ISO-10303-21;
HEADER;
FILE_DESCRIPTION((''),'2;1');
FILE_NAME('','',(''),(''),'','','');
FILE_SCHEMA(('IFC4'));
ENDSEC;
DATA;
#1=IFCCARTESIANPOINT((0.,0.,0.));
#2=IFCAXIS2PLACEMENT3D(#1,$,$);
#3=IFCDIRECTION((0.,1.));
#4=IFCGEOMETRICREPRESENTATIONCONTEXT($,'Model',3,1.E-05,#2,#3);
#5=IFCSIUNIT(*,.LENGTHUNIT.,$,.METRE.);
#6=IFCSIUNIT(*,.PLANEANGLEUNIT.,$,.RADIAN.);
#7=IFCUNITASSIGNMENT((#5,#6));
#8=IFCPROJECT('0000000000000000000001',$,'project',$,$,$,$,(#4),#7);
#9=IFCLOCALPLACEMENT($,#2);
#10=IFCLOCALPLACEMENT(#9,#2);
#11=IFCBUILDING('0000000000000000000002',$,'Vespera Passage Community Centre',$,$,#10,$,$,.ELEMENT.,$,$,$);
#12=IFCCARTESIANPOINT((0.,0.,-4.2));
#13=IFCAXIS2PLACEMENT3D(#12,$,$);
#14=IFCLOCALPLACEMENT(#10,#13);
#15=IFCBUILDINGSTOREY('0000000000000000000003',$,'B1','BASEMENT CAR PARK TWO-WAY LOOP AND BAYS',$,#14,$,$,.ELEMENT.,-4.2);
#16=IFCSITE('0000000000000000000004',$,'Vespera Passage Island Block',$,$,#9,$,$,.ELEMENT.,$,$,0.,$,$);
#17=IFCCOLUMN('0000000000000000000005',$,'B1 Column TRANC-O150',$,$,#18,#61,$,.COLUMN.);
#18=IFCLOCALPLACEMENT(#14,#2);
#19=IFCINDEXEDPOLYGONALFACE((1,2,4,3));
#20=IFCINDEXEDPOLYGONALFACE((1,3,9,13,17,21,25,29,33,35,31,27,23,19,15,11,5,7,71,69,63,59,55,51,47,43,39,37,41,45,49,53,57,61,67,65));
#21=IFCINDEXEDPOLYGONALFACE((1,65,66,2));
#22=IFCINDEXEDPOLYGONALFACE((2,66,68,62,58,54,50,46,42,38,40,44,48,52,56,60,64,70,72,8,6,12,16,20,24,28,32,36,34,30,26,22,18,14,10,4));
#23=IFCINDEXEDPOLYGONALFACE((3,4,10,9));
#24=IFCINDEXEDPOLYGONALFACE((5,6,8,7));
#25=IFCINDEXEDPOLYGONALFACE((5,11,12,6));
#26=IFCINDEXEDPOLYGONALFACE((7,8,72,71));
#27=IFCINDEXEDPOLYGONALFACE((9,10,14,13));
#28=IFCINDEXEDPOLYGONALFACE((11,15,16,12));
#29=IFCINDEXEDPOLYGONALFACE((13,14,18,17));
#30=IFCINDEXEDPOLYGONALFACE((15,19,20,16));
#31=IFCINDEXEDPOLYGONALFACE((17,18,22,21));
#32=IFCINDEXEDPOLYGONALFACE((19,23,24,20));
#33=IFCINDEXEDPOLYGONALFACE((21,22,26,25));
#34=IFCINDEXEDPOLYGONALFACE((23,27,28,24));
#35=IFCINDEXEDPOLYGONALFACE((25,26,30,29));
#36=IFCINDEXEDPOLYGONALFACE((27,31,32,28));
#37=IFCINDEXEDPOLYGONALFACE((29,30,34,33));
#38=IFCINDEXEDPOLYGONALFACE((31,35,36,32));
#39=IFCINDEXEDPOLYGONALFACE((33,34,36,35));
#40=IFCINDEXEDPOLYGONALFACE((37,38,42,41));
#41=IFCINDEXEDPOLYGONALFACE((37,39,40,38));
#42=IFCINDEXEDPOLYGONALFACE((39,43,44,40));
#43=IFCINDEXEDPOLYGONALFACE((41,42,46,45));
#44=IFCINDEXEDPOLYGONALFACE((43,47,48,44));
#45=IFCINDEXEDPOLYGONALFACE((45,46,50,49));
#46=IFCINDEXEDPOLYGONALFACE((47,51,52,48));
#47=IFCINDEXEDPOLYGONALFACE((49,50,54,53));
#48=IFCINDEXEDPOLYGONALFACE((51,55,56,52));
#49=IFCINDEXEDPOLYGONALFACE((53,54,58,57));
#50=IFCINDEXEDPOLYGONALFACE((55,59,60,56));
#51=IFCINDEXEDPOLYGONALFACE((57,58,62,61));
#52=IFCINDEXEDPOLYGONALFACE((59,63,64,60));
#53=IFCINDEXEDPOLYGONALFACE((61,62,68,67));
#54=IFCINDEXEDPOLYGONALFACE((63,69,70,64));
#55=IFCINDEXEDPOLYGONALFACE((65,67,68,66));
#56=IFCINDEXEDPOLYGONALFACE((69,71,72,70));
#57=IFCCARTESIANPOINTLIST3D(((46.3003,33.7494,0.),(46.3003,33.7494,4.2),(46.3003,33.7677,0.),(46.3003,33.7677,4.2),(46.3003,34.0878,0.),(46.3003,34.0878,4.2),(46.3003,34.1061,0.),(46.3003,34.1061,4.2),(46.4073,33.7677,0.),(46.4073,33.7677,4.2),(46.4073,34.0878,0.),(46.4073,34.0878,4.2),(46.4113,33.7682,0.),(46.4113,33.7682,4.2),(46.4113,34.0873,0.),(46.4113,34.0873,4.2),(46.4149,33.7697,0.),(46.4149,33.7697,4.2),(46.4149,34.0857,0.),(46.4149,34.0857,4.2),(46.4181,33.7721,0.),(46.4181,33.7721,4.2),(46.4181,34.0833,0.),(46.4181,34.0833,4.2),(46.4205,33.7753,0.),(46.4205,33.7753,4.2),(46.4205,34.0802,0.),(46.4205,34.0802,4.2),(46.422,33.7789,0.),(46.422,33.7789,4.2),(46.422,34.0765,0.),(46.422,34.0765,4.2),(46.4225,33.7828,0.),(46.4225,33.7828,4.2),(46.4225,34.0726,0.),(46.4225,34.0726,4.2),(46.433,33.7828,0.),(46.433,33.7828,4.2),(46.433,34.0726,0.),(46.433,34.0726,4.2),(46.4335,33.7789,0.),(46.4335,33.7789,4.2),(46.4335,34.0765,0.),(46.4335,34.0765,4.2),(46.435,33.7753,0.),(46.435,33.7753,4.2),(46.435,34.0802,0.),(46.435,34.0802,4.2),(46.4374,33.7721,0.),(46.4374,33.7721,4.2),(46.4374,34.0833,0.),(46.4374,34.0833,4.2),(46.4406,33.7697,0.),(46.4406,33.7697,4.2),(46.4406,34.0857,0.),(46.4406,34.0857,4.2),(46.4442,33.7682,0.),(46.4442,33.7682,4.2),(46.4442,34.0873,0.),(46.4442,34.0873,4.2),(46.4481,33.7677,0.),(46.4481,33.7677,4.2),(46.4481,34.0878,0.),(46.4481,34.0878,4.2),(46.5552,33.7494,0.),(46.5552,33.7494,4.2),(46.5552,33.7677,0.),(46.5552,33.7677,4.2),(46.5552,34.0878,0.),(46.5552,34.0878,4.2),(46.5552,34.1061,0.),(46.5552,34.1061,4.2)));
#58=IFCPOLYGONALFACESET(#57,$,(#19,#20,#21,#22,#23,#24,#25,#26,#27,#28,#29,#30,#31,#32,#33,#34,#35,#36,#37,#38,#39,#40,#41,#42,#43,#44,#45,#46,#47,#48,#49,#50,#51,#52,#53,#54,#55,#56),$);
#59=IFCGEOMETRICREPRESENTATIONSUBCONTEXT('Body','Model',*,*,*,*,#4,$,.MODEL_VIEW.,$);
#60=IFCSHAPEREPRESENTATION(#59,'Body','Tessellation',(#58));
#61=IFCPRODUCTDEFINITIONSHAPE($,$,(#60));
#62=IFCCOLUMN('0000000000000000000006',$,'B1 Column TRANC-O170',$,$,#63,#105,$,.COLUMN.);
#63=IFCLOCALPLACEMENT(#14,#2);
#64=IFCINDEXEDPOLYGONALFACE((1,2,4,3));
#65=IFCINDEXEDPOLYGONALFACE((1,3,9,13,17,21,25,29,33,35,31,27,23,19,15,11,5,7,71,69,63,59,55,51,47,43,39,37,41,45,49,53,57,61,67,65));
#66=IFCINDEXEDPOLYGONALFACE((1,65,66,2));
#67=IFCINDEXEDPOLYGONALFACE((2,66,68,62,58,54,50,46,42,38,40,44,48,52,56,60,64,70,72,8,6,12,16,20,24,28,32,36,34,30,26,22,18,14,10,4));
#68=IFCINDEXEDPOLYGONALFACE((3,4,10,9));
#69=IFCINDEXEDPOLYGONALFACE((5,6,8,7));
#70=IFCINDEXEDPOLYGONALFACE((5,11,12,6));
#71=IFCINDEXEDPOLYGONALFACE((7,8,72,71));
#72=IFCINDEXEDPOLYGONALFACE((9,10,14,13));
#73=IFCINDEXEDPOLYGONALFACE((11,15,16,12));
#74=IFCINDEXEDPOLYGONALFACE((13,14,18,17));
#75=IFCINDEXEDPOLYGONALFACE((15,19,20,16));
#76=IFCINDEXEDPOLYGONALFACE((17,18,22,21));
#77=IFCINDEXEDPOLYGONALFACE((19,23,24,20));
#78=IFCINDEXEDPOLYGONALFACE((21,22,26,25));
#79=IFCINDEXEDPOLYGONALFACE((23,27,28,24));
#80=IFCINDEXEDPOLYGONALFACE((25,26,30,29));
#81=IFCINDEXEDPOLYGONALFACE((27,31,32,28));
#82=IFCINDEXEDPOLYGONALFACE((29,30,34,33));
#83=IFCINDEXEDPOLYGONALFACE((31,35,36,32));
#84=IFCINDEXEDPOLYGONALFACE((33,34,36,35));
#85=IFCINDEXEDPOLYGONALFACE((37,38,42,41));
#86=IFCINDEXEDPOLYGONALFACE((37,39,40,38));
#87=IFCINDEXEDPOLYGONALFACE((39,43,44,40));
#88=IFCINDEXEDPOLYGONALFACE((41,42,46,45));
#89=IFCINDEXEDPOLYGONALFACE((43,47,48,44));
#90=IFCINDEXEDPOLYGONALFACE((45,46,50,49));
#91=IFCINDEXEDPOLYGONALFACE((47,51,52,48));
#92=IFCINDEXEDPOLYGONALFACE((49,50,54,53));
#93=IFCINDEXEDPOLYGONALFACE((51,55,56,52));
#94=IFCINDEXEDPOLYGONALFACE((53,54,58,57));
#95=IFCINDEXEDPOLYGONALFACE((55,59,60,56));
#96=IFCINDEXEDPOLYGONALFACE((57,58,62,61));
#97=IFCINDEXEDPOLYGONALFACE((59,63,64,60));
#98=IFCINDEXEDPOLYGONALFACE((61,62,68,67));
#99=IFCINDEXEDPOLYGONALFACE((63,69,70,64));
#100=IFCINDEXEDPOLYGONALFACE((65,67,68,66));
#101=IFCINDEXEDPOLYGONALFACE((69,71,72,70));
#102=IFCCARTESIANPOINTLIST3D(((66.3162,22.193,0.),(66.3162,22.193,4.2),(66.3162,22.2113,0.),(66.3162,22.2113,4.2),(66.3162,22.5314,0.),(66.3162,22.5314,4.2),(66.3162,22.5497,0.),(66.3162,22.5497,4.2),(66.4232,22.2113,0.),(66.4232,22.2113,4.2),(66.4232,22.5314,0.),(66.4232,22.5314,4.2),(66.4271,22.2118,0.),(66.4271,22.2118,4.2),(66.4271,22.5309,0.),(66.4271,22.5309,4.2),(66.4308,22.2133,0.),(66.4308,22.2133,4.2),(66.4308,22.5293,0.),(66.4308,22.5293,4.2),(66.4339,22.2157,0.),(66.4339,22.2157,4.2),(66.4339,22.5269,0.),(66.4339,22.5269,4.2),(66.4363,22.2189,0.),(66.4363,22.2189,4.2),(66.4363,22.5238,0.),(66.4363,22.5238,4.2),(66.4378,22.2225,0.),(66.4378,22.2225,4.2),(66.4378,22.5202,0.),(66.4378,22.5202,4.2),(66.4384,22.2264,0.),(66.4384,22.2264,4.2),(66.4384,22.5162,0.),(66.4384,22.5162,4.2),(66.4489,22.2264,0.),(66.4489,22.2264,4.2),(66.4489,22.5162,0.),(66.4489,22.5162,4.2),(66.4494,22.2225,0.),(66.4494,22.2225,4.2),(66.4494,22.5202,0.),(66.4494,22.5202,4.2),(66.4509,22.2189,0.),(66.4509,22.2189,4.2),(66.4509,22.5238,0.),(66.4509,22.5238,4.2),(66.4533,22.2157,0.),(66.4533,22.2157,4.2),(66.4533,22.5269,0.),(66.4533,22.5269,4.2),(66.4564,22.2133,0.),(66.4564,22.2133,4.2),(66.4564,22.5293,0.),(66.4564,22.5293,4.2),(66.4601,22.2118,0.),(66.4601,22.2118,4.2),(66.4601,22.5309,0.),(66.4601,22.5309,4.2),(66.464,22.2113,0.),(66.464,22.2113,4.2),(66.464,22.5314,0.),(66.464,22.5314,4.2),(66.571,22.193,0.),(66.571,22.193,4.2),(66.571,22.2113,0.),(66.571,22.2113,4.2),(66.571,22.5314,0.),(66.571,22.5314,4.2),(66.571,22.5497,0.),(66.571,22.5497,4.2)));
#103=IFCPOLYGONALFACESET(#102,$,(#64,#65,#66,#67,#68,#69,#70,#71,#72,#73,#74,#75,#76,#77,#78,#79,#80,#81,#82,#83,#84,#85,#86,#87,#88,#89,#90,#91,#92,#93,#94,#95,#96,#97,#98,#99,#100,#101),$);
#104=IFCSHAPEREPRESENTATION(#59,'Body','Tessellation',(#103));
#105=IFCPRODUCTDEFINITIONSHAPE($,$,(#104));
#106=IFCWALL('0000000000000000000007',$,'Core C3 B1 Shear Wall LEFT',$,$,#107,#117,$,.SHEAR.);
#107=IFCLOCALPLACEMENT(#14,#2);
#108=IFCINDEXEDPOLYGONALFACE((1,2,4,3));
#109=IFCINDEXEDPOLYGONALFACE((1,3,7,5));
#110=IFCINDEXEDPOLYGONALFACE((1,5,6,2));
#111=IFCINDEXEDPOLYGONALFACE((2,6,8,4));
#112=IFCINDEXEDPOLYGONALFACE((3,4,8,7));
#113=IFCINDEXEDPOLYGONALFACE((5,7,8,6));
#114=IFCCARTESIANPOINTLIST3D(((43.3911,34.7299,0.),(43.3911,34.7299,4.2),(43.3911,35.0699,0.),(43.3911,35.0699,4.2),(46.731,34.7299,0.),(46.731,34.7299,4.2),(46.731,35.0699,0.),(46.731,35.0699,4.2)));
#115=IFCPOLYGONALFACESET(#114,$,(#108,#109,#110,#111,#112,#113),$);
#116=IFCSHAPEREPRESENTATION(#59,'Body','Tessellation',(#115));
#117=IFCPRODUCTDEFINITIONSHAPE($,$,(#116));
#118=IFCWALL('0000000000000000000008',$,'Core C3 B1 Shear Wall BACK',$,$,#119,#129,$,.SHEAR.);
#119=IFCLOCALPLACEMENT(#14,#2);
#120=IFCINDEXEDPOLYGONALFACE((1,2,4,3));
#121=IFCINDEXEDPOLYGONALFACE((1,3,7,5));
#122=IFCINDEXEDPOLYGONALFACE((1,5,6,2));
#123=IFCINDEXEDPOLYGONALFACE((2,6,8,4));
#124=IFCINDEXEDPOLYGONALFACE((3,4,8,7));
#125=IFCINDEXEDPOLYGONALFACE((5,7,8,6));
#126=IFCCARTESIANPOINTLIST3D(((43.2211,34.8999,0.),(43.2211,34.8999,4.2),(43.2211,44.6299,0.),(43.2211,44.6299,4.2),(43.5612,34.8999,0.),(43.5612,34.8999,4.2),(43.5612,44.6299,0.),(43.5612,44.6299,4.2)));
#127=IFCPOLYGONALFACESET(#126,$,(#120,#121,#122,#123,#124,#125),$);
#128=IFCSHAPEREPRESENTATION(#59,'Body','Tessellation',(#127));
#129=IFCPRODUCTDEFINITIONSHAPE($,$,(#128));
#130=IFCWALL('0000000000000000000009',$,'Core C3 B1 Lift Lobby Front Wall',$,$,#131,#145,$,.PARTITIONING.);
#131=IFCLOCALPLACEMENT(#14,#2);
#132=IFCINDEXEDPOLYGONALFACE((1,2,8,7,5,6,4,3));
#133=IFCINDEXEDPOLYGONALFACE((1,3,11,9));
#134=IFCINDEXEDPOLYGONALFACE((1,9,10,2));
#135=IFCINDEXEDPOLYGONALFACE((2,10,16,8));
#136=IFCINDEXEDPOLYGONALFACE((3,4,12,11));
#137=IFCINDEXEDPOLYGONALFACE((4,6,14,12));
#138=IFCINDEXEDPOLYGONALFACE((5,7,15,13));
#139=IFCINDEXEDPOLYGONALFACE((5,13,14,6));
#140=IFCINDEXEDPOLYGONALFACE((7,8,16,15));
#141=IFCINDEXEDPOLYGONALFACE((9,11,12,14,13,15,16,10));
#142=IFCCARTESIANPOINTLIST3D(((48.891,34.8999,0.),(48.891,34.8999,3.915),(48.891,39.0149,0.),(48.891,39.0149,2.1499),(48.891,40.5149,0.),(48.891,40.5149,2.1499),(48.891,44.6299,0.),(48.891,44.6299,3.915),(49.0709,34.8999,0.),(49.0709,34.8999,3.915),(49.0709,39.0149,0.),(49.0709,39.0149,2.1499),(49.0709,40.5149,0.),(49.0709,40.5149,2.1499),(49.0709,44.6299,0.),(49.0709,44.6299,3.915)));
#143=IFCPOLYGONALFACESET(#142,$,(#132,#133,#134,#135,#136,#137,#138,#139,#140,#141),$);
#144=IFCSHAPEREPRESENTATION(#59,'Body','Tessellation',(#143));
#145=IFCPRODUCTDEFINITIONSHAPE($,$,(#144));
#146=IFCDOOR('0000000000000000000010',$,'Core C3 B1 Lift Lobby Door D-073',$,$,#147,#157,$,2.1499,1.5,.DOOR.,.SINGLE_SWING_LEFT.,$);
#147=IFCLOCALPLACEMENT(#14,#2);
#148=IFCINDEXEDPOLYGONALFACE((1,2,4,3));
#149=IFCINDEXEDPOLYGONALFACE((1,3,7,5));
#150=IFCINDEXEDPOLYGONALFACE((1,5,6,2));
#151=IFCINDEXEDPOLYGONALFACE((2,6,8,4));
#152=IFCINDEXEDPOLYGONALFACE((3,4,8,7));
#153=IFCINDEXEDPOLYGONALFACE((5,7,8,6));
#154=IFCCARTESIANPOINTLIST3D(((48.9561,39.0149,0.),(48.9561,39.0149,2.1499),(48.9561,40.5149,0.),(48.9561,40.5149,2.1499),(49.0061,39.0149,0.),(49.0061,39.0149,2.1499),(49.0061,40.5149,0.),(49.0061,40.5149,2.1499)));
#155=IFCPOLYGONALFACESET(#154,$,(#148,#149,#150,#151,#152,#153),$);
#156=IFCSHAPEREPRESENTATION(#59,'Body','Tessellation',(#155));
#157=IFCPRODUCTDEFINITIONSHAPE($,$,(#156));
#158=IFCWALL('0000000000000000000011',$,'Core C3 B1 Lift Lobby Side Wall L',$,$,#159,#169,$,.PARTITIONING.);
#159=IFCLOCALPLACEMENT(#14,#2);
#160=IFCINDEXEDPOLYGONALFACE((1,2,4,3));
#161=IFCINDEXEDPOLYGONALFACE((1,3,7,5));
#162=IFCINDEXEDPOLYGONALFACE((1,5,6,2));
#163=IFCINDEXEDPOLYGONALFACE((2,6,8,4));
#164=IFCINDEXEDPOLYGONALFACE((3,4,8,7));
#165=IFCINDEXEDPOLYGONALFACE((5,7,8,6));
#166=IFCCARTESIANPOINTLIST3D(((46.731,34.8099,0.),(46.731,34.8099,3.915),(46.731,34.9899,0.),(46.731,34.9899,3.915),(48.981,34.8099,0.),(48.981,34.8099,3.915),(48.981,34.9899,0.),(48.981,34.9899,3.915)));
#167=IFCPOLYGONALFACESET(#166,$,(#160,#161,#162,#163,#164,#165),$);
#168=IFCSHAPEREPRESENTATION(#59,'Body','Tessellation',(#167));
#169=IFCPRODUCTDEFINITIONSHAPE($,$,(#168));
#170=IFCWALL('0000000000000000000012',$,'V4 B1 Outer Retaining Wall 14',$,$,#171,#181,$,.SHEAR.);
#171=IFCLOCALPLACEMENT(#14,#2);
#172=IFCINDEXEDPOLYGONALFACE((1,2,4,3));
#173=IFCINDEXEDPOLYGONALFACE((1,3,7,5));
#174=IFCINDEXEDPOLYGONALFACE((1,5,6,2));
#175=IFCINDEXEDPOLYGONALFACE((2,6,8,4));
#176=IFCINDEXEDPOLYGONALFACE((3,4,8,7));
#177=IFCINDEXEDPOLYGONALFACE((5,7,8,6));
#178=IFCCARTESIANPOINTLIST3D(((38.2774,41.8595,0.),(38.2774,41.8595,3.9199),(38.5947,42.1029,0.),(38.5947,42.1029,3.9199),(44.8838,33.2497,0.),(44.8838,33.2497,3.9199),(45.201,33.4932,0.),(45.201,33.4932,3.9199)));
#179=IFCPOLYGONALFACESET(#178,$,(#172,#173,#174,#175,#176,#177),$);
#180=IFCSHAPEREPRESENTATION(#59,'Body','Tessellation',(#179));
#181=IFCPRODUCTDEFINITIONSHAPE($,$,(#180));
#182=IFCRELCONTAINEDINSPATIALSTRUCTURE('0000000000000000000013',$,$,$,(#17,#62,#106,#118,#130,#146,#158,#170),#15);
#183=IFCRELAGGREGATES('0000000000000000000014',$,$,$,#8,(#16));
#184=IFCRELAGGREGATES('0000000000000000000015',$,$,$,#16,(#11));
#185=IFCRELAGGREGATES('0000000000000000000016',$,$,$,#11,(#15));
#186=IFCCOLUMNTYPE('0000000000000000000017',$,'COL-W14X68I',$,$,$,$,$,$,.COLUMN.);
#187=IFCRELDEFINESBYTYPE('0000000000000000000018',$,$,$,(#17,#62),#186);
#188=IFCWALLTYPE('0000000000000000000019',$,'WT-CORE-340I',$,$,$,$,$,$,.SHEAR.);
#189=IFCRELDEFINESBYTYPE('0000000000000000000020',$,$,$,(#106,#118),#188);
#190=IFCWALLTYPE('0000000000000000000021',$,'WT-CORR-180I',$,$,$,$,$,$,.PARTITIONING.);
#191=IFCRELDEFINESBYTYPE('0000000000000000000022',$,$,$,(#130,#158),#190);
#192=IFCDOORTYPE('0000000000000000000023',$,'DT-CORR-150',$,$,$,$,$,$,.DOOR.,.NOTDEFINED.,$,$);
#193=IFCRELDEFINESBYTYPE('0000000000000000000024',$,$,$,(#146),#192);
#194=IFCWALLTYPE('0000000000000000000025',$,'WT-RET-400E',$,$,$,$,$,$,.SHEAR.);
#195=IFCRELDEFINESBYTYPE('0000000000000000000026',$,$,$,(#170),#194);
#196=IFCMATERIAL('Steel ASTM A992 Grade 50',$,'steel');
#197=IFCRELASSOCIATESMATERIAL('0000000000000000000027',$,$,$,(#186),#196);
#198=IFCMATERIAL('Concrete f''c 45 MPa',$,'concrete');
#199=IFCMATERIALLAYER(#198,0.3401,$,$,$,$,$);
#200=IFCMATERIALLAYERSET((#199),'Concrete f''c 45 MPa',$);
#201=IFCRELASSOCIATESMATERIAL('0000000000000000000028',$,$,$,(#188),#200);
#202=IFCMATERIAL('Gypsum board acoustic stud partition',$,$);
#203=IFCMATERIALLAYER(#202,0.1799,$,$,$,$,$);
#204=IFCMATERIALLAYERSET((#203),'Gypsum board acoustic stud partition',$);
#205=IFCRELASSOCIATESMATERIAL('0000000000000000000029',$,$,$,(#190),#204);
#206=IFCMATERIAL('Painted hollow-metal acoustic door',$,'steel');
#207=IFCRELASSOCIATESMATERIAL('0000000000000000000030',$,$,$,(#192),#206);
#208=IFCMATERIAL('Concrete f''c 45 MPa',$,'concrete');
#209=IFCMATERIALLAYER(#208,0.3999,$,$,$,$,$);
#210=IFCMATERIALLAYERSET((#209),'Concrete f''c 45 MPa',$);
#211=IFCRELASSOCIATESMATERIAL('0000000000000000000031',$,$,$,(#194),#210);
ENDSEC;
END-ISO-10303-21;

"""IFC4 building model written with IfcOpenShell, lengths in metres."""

from ifc_helpers import new_model, si_unit, direction, frame, frame_2d, origin, origin_2d, place, context, subcontext, project, spatial, rectangle, i_section, extrude, material, layer, layer_set, material_profile, profile_set, type_object, element, fill, save


model = new_model("IFC4")

# Units and contexts
model_context = context("Model", 3, precision=1e-05, world=origin(), true_north=direction((0.0, 1.0)))
body_context = subcontext(model_context, "Body", "Model", "MODEL_VIEW")
ifc_project = project(units=[si_unit("LENGTHUNIT", "METRE"), si_unit("PLANEANGLEUNIT", "RADIAN")], contexts=[model_context])

# Site, building, storey
site_placement = place(None, origin())
site = spatial("IfcSite", under=ifc_project, at=site_placement, Name="Vespera Passage Island Block", CompositionType="ELEMENT", RefElevation=0.0)
building_placement = place(site_placement, origin())
building = spatial("IfcBuilding", under=site, at=building_placement, Name="Vespera Passage Community Centre", CompositionType="ELEMENT")
storey_placement = place(building_placement, frame((0.0, 0.0, -4.2)))
storey = spatial("IfcBuildingStorey", under=building, at=storey_placement, Name="B1", Description="BASEMENT CAR PARK TWO-WAY LOOP AND BAYS", CompositionType="ELEMENT", Elevation=-4.2)

# Columns
ifc_material_1 = material(Name="Steel ASTM A992 Grade 50", Category="steel")
ifc_material_profile_1 = material_profile(ifc_material_1, i_section(OverallWidth=0.2549, OverallDepth=0.3567, WebThickness=0.0105, FlangeThickness=0.0183, FilletRadius=0.0151, at=origin_2d()), Name="W14X68")
ifc_profile_set_1 = profile_set([ifc_material_profile_1], Name="Steel ASTM A992 Grade 50")
column_type_1 = type_object("IfcColumnType", Name="COL-W14X68I", PredefinedType="COLUMN", material=ifc_profile_set_1)
for number, where, z_axis, x_axis, name in (
    (1, (46.4277, 33.9277, 0.0), (0.0, 0.0, 1.0), (1.0, 0.0, 0.0), "B1 Column TRANC-O150"),
    (2, (66.4436, 22.3713, 0.0), (0.0, 0.0, 1.0), (1.0, 0.0, 0.0), "B1 Column TRANC-O170"),
):
    element("IfcColumn", number, at=place(storey_placement, frame(where, z_axis=z_axis, x_axis=x_axis)), inside=storey, type_object=column_type_1, Name=name, PredefinedType="COLUMN", context=body_context, shape_type="SweptSolid", body=[
        extrude(i_section(OverallWidth=0.2549, OverallDepth=0.3567, WebThickness=0.0105, FlangeThickness=0.0183, FilletRadius=0.0151, at=origin_2d()), origin(), (0.0, 0.0, 1.0), 4.2),
    ])

# Walls
ifc_material_2 = material(Name="Concrete f'c 45 MPa", Category="concrete")
ifc_layer_1 = layer(ifc_material_2, 0.3401)
ifc_layer_set_1 = layer_set([ifc_layer_1], Name="Concrete f'c 45 MPa")
wall_type_1 = type_object("IfcWallType", Name="WT-CORE-340I", PredefinedType="SHEAR", material=ifc_layer_set_1)
wall_1_placement = place(storey_placement, frame((46.731, 34.8999, 0.0), z_axis=(0.0, 0.0, 1.0), x_axis=(-1.0, 0.0, 0.0)))
element("IfcWall", 3, at=wall_1_placement, inside=storey, type_object=wall_type_1, Name="Core C3 B1 Shear Wall LEFT", PredefinedType="SHEAR", context=body_context, shape_type="SweptSolid", body=[
    extrude(rectangle(XDim=3.3398, YDim=0.3401, at=frame_2d((1.6699, 0.0))), origin(), (0.0, 0.0, 1.0), 4.2),
])
wall_2_placement = place(storey_placement, frame((43.3911, 34.8999, 0.0), z_axis=(0.0, 0.0, 1.0), x_axis=(0.0, 1.0, 0.0)))
element("IfcWall", 4, at=wall_2_placement, inside=storey, type_object=wall_type_1, Name="Core C3 B1 Shear Wall BACK", PredefinedType="SHEAR", context=body_context, shape_type="SweptSolid", body=[
    extrude(rectangle(XDim=9.73, YDim=0.3401, at=frame_2d((4.865, 0.0))), origin(), (0.0, 0.0, 1.0), 4.2),
])

# Wall, opening, door
ifc_material_3 = material(Name="Gypsum board acoustic stud partition")
ifc_layer_2 = layer(ifc_material_3, 0.1799)
ifc_layer_set_2 = layer_set([ifc_layer_2], Name="Gypsum board acoustic stud partition")
wall_type_2 = type_object("IfcWallType", Name="WT-CORR-180I", PredefinedType="PARTITIONING", material=ifc_layer_set_2)
wall_3_placement = place(storey_placement, frame((48.981, 34.8999, 0.0), z_axis=(0.0, 0.0, 1.0), x_axis=(0.0, 1.0, 0.0)))
wall_3 = element("IfcWall", 5, at=wall_3_placement, inside=storey, type_object=wall_type_2, Name="Core C3 B1 Lift Lobby Front Wall", PredefinedType="PARTITIONING", context=body_context, shape_type="SweptSolid", body=[
    extrude(rectangle(XDim=9.73, YDim=0.1799, at=frame_2d((4.865, 0.0))), origin(), (0.0, 0.0, 1.0), 3.915),
])
opening_placement = place(wall_3_placement, frame((4.115, 0.0, 0.0)))
opening = element("IfcOpeningElement", 6, at=opening_placement, cuts=wall_3, PredefinedType="OPENING", context=body_context, shape_type="SweptSolid", body=[
    extrude(rectangle(XDim=1.5, YDim=2.1499, at=frame_2d((0.75, 1.075))), frame((0.0, 0.0999, 0.0), z_axis=(0.0, -1.0, 0.0), x_axis=(1.0, 0.0, 0.0)), (0.0, 0.0, 1.0), 0.2),
])
ifc_material_4 = material(Name="Painted hollow-metal acoustic door", Category="steel")
door_type = type_object("IfcDoorType", Name="DT-CORR-150", OperationType="NOTDEFINED", PredefinedType="DOOR", material=ifc_material_4)
door_placement = place(opening_placement, origin())
door = element("IfcDoor", 7, at=door_placement, inside=storey, type_object=door_type, Name="Core C3 B1 Lift Lobby Door D-073", OperationType="SINGLE_SWING_LEFT", OverallHeight=2.1499, OverallWidth=1.5, PredefinedType="DOOR", context=body_context, shape_type="SweptSolid", body=[
    extrude(rectangle(XDim=1.5, YDim=2.1499, at=frame_2d((0.75, 1.075))), frame((0.0, 0.0249, 0.0), z_axis=(0.0, -1.0, 0.0), x_axis=(1.0, 0.0, 0.0)), (0.0, 0.0, 1.0), 0.05),
])
fill(opening, door)

# Walls
wall_4_placement = place(storey_placement, frame((46.731, 34.8999, 0.0), z_axis=(0.0, 0.0, 1.0), x_axis=(1.0, 0.0, 0.0)))
element("IfcWall", 8, at=wall_4_placement, inside=storey, type_object=wall_type_2, Name="Core C3 B1 Lift Lobby Side Wall L", PredefinedType="PARTITIONING", context=body_context, shape_type="SweptSolid", body=[
    extrude(rectangle(XDim=2.25, YDim=0.1799, at=frame_2d((1.125, 0.0))), origin(), (0.0, 0.0, 1.0), 3.915),
])
ifc_material_5 = material(Name="Concrete f'c 45 MPa", Category="concrete")
ifc_layer_3 = layer(ifc_material_5, 0.3999)
ifc_layer_set_3 = layer_set([ifc_layer_3], Name="Concrete f'c 45 MPa")
wall_type_3 = type_object("IfcWallType", Name="WT-RET-400E", PredefinedType="SHEAR", material=ifc_layer_set_3)
wall_5_placement = place(storey_placement, frame((45.0425, 33.3713, 0.0), z_axis=(0.0, 0.0, 1.0), x_axis=(-0.608754, 0.793359, 0.0)))
element("IfcWall", 9, at=wall_5_placement, inside=storey, type_object=wall_type_3, Name="V4 B1 Outer Retaining Wall 14", PredefinedType="SHEAR", context=body_context, shape_type="SweptSolid", body=[
    extrude(rectangle(XDim=10.8523, YDim=0.3999, at=frame_2d((5.4263, 0.0))), origin(), (0.0, 0.0, 1.0), 3.9199),
])

save(model, "model.ifc")
